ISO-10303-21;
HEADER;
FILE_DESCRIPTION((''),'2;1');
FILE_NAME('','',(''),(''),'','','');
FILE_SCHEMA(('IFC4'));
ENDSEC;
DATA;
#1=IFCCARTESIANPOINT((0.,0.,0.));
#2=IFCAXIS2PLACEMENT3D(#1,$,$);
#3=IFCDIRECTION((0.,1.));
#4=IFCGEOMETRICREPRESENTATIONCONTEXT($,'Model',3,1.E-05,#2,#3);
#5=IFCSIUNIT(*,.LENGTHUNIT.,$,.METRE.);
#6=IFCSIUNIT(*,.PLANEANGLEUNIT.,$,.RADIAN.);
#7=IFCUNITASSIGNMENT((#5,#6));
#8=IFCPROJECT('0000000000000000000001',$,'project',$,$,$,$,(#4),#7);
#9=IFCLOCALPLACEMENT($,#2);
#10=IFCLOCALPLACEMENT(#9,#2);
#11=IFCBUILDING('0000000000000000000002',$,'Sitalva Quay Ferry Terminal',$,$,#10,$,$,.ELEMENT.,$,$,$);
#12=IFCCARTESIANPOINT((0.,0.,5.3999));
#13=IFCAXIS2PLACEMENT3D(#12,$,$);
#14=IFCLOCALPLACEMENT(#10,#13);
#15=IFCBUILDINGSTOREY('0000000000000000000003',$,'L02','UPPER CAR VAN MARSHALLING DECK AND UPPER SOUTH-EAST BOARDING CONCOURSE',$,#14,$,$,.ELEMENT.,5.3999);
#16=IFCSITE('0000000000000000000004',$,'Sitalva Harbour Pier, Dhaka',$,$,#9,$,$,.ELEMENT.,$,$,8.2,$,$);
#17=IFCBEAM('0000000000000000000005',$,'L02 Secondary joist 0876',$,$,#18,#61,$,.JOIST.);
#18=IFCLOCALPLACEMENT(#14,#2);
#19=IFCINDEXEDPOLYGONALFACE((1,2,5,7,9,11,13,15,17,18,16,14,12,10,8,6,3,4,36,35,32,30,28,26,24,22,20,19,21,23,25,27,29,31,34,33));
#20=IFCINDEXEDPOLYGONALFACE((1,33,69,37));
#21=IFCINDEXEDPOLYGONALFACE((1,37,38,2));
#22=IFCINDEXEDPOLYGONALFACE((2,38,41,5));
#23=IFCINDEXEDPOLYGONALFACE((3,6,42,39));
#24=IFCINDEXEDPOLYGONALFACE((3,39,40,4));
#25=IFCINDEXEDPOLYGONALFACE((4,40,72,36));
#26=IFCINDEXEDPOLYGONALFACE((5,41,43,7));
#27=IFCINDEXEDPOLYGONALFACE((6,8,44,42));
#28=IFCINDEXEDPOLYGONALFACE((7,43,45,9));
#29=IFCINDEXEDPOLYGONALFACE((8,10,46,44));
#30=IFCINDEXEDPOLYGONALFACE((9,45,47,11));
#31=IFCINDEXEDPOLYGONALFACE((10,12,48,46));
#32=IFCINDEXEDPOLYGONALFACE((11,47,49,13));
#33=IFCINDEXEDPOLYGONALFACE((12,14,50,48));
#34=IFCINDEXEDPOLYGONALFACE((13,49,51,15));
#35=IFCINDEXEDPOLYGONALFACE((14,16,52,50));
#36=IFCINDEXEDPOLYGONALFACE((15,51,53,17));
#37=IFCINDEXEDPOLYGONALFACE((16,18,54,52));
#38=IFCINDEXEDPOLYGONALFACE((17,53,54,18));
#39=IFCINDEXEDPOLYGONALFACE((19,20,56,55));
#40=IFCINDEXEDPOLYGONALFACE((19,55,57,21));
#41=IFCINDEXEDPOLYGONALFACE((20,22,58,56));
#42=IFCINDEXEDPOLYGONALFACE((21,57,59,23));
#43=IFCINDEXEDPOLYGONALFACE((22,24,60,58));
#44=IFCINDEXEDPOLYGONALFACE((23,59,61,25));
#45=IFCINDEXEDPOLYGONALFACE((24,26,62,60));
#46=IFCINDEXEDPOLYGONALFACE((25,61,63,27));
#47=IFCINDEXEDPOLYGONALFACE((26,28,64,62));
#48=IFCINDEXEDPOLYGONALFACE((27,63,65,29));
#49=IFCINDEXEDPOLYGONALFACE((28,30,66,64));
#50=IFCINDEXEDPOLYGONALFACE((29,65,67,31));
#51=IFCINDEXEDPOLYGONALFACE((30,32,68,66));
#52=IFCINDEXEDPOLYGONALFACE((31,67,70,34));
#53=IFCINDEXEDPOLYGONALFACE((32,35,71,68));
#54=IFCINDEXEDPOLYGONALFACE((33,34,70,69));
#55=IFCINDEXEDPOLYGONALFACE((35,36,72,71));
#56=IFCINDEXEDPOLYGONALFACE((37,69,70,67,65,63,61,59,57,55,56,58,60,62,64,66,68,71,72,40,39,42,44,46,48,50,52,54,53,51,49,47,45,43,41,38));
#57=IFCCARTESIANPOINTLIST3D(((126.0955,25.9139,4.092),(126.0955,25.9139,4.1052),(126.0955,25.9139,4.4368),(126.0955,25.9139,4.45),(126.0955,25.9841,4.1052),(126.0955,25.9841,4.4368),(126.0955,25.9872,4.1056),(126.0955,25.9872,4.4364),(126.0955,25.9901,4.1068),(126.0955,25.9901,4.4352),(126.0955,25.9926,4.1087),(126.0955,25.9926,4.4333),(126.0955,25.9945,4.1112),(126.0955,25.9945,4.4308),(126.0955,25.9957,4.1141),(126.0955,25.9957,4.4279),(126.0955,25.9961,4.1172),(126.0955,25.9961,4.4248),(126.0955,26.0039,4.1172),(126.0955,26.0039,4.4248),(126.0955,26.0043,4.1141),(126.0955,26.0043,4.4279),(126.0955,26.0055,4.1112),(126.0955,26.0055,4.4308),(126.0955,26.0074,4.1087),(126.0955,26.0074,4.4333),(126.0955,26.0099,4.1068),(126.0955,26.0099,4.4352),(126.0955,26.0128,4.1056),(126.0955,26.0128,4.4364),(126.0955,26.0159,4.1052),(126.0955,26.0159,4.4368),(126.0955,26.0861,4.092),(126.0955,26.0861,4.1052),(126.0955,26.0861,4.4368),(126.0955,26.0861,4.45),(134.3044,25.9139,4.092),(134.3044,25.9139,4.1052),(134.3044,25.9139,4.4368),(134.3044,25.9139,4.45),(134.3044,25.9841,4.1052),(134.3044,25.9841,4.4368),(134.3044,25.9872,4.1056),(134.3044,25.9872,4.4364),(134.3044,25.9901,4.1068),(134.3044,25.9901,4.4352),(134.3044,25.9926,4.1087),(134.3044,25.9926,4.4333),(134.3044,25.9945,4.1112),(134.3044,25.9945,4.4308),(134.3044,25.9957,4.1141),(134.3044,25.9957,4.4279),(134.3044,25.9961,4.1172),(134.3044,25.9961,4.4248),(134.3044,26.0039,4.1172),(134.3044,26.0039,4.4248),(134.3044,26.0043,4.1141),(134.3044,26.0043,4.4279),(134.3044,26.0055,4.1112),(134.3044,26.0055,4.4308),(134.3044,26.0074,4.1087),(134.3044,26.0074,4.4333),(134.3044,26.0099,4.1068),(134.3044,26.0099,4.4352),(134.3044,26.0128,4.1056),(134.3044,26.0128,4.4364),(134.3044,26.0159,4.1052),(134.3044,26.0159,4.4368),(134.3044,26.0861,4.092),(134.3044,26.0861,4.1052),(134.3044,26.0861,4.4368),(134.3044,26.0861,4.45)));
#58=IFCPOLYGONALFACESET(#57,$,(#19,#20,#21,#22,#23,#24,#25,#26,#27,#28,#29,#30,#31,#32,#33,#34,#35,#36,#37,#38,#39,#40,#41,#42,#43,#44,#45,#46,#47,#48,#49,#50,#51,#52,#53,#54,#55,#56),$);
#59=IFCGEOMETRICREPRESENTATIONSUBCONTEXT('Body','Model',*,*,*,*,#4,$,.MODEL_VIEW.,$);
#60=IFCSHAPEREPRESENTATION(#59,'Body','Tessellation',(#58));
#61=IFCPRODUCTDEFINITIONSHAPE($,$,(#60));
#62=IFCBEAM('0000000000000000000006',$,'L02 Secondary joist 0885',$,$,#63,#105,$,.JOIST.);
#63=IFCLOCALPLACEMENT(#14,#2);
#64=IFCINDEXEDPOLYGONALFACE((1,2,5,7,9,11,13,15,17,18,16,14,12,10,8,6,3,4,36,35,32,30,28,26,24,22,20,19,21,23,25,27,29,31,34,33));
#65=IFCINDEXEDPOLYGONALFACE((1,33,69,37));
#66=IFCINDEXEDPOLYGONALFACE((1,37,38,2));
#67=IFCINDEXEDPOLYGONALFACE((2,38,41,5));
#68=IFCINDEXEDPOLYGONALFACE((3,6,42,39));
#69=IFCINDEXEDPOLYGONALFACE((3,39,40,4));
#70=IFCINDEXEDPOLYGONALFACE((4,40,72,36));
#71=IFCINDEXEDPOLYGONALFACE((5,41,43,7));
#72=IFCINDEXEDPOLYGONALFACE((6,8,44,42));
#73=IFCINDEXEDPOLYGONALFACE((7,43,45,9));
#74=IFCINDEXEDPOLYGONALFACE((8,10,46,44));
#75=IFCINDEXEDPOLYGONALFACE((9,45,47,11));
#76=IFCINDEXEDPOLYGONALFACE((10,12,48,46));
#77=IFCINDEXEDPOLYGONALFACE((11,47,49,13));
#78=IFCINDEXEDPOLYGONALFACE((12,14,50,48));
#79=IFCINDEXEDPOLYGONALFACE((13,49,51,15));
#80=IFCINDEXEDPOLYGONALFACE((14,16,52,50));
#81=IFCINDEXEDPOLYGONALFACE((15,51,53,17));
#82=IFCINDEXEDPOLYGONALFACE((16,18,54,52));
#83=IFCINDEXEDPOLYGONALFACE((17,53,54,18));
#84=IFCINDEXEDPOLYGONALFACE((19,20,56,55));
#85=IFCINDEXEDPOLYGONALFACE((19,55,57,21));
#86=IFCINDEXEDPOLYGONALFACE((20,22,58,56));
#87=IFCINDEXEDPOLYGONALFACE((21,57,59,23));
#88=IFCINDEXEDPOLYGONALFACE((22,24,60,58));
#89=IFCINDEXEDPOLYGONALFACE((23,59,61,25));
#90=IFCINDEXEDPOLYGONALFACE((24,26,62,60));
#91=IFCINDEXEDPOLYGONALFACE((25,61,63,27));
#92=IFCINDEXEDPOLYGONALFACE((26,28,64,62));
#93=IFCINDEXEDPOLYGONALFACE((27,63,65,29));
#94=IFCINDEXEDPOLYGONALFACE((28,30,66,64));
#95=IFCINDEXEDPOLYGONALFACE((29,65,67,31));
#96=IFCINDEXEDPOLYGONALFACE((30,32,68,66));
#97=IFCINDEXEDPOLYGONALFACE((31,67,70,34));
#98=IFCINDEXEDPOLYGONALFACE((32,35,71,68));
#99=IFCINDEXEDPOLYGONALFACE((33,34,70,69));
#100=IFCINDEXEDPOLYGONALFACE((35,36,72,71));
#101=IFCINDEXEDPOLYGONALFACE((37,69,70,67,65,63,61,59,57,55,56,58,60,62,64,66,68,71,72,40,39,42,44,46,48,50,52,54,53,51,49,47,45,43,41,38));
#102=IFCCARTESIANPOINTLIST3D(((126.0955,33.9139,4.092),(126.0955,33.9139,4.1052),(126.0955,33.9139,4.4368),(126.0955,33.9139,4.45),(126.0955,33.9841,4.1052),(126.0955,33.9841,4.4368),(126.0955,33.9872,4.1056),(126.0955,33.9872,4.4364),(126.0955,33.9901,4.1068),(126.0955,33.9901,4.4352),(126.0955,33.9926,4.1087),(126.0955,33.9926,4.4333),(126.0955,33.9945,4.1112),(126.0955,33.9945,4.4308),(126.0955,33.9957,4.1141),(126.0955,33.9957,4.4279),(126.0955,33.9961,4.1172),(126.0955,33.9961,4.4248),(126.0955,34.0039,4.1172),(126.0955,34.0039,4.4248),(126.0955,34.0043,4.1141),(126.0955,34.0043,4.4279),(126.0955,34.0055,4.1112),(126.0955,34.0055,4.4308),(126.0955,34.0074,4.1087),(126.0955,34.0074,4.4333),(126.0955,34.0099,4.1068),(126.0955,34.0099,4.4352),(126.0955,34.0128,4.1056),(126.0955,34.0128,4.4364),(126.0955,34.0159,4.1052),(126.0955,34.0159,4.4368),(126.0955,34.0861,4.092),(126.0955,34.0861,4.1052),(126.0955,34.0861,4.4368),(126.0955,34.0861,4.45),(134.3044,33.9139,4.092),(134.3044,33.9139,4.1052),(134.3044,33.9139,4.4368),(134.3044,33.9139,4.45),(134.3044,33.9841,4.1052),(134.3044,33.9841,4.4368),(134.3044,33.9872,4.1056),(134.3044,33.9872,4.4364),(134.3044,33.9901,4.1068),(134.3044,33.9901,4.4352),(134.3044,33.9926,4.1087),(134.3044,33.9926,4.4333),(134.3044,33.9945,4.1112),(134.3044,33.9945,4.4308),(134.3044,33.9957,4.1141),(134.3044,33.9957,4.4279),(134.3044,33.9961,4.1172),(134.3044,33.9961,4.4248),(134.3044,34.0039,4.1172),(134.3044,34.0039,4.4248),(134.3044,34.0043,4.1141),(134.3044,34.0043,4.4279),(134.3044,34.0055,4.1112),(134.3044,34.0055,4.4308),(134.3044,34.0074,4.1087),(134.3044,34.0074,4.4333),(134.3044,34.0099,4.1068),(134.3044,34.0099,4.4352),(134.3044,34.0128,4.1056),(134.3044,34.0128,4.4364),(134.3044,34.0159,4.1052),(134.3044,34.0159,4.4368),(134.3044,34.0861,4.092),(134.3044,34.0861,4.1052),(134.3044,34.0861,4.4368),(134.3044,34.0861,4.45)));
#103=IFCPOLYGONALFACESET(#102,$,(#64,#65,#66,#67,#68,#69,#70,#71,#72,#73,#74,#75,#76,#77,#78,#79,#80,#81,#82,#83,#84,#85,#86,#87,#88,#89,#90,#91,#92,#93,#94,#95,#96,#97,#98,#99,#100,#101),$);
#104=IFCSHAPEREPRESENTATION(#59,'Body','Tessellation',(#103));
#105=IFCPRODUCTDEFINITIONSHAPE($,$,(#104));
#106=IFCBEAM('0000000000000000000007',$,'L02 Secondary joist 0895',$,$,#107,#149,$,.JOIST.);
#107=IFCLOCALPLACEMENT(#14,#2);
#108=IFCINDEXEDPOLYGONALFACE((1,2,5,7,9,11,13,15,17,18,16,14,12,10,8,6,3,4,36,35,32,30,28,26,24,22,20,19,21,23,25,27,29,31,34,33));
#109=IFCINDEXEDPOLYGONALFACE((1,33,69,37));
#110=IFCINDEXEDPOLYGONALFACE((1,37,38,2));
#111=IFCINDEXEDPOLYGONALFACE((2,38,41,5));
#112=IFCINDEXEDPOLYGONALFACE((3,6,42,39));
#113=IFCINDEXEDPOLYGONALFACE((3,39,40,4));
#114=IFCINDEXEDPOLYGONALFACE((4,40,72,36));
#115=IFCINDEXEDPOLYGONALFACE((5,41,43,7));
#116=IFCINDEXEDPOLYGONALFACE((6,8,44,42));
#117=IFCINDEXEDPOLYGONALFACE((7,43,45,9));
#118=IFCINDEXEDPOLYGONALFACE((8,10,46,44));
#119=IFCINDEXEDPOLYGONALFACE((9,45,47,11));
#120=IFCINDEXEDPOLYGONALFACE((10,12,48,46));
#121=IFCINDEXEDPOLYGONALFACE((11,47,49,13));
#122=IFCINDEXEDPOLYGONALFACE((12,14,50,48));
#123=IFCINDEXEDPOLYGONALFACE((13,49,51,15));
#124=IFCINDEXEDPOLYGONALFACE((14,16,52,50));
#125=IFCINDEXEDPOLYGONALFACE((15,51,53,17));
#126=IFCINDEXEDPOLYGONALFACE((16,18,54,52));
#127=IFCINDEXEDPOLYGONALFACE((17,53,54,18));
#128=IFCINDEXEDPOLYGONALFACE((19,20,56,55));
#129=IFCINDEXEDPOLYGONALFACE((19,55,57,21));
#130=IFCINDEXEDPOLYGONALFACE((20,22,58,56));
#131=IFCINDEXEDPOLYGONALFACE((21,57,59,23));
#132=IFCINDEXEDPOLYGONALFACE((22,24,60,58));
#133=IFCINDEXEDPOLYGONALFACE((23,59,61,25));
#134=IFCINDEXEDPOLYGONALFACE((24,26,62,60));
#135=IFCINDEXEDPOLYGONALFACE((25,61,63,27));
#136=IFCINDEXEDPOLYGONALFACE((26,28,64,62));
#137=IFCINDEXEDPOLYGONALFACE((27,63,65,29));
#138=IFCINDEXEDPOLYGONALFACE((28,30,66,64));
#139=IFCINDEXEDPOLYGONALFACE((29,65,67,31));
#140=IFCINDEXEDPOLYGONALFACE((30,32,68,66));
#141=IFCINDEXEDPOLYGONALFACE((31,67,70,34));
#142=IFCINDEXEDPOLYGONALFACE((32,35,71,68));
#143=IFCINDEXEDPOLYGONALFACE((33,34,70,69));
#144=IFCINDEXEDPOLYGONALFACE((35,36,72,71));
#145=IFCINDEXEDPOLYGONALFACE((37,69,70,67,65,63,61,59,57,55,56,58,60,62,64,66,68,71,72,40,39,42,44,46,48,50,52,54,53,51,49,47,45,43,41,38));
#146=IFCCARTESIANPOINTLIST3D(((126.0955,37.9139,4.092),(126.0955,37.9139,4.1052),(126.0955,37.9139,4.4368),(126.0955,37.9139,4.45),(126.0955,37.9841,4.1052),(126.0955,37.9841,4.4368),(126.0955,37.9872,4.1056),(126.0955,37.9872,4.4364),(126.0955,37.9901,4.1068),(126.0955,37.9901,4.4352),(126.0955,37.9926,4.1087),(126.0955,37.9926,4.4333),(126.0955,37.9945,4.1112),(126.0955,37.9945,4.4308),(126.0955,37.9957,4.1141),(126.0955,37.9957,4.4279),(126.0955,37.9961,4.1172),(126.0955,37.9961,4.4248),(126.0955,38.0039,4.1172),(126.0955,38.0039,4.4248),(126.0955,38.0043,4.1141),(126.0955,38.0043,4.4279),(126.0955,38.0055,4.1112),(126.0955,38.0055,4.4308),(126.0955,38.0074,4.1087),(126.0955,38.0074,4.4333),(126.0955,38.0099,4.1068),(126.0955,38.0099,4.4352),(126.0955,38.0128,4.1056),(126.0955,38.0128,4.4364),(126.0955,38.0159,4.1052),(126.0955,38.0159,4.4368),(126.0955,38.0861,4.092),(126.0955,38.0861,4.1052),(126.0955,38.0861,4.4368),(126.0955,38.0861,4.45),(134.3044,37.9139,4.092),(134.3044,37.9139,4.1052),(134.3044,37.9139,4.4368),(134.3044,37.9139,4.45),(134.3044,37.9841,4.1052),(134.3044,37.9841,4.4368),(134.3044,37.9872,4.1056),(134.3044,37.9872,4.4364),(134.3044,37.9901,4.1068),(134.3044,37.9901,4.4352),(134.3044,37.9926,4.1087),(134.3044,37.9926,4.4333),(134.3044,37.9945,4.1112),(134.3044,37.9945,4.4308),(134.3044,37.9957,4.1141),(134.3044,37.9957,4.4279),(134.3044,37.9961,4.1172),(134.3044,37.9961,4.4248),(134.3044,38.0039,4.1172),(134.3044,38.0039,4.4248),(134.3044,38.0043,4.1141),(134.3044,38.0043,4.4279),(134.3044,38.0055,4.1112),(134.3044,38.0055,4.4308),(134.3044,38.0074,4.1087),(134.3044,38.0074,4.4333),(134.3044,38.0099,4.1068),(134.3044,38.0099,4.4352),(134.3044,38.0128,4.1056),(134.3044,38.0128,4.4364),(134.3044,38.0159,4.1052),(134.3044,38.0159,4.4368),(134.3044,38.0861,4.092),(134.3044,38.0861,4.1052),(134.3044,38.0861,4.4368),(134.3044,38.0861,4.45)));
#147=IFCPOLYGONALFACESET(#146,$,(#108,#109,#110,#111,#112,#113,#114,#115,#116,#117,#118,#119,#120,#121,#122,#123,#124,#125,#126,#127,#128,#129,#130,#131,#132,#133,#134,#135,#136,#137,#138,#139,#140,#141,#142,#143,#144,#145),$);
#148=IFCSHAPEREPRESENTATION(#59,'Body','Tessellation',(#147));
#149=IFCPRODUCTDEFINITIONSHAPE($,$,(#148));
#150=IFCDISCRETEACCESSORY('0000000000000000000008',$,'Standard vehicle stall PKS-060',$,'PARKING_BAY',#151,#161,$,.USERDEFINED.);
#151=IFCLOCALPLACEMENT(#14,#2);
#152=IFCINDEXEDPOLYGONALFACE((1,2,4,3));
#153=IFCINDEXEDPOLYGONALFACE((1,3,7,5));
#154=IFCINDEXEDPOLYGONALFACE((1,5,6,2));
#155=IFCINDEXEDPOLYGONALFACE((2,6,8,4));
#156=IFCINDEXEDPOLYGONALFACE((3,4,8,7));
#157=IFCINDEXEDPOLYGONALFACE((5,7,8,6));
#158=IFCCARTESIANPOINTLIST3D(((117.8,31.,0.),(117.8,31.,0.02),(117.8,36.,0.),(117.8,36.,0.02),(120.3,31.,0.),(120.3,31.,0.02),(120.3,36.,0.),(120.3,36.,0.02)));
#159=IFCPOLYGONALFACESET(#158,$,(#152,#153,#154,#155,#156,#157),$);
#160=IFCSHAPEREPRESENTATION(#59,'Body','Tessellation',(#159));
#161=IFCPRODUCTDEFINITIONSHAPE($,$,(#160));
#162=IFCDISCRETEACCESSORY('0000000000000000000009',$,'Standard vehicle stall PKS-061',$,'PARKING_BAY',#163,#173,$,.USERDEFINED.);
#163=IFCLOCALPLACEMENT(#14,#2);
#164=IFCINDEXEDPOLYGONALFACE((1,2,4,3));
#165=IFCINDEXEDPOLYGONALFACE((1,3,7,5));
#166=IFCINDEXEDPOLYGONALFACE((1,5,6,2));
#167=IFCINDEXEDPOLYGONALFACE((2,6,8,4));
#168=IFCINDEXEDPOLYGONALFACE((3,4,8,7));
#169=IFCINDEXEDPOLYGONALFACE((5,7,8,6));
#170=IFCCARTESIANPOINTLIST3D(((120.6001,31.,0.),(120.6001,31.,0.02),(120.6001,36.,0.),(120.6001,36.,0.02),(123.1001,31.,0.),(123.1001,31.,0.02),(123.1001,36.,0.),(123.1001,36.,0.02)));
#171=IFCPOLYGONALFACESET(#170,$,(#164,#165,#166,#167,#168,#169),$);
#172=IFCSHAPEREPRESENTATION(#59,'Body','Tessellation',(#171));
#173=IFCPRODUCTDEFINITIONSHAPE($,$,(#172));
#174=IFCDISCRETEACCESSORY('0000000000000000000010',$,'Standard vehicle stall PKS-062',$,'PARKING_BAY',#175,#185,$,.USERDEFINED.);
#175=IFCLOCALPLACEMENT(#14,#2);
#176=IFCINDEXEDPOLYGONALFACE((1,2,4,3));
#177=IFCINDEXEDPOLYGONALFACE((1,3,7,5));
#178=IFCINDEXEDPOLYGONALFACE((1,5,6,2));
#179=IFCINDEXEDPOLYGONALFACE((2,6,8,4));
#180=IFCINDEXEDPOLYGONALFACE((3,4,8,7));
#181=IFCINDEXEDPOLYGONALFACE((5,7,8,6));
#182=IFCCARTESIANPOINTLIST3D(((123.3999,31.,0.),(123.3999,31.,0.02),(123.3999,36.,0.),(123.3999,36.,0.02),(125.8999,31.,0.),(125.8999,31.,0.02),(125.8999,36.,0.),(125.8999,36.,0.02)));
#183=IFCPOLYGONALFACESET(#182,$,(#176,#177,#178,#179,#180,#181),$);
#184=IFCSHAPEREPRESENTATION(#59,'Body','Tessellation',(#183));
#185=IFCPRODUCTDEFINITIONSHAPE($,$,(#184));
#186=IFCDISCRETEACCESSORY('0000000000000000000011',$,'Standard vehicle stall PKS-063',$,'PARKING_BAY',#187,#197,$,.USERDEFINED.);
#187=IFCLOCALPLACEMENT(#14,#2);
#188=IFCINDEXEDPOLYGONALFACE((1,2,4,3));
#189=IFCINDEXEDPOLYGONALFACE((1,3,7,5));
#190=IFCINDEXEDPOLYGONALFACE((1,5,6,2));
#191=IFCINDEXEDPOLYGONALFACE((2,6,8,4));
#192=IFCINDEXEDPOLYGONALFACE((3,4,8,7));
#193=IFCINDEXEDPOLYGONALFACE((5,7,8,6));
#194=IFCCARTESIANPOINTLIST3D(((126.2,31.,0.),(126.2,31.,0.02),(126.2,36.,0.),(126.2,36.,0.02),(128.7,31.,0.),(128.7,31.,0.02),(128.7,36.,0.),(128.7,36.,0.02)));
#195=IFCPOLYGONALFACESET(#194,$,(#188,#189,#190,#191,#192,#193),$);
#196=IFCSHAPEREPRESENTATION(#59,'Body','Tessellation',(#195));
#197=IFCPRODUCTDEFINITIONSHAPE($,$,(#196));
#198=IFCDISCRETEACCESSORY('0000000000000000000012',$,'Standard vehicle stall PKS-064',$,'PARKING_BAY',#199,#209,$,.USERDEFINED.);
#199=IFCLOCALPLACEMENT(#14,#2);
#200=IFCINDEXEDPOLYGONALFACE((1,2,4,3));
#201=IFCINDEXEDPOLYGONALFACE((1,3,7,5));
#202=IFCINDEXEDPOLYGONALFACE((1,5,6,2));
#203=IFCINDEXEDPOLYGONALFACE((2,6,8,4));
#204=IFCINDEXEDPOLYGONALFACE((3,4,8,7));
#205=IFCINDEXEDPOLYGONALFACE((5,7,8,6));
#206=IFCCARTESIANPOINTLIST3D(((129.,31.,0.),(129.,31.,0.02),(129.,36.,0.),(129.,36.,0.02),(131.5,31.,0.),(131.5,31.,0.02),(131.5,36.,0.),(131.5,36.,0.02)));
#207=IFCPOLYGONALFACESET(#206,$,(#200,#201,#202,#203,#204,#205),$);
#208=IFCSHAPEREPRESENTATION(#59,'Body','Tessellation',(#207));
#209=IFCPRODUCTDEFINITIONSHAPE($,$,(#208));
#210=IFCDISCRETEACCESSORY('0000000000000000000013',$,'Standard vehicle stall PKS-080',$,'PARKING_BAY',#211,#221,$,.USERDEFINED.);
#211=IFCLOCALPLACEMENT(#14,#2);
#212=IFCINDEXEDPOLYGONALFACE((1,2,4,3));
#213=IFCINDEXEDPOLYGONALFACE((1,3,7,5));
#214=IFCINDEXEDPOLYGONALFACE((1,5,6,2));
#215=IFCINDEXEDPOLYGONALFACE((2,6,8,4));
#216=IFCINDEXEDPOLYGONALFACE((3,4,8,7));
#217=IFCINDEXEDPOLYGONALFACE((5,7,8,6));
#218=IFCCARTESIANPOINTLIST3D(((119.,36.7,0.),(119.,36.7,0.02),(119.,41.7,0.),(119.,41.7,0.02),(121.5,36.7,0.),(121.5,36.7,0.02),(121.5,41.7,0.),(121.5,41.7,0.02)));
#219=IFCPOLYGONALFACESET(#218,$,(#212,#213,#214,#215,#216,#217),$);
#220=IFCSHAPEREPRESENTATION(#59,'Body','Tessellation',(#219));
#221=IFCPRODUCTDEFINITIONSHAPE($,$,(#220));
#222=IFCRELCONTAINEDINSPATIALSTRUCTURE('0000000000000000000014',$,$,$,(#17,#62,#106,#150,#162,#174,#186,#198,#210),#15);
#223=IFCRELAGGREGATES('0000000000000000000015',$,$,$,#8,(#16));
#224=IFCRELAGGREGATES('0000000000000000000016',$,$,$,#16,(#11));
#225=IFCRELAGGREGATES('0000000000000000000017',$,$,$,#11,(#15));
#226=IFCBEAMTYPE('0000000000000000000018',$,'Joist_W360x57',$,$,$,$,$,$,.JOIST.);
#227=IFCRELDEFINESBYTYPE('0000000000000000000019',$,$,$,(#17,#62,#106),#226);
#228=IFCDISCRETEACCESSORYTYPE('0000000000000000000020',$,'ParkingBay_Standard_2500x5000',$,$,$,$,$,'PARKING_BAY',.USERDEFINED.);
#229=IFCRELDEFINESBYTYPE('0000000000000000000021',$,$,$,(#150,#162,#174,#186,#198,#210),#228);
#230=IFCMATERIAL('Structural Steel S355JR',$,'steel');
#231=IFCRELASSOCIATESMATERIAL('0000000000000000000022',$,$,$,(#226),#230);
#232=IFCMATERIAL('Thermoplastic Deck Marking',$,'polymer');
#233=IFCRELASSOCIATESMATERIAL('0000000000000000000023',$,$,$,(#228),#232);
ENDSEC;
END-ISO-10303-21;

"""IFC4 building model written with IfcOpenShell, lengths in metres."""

from ifc_helpers import new_model, si_unit, direction, frame, origin, origin_2d, place, context, subcontext, project, spatial, rectangle, i_section, extrude, material, material_profile, profile_set, type_object, element, save


model = new_model("IFC4")

# Units and contexts
model_context = context("Model", 3, precision=1e-05, world=origin(), true_north=direction((0.0, 1.0)))
body_context = subcontext(model_context, "Body", "Model", "MODEL_VIEW")
ifc_project = project(units=[si_unit("LENGTHUNIT", "METRE"), si_unit("PLANEANGLEUNIT", "RADIAN")], contexts=[model_context])

# Site, building, storey
site_placement = place(None, origin())
site = spatial("IfcSite", under=ifc_project, at=site_placement, Name="Sitalva Harbour Pier, Dhaka", CompositionType="ELEMENT", RefElevation=8.2)
building_placement = place(site_placement, origin())
building = spatial("IfcBuilding", under=site, at=building_placement, Name="Sitalva Quay Ferry Terminal", CompositionType="ELEMENT")
storey_placement = place(building_placement, frame((0.0, 0.0, 5.3999)))
storey = spatial("IfcBuildingStorey", under=building, at=storey_placement, Name="L02", Description="UPPER CAR VAN MARSHALLING DECK AND UPPER SOUTH-EAST BOARDING CONCOURSE", CompositionType="ELEMENT", Elevation=5.3999)

# Beams
ifc_material_1 = material(Name="Structural Steel S355JR", Category="steel")
ifc_material_profile_1 = material_profile(ifc_material_1, i_section(OverallWidth=0.1721, OverallDepth=0.3579, WebThickness=0.0078, FlangeThickness=0.0132, FilletRadius=0.012, at=origin_2d()), Name="W360x57")
ifc_profile_set_1 = profile_set([ifc_material_profile_1], Name="Structural Steel S355JR")
beam_type_1 = type_object("IfcBeamType", Name="Joist_W360x57", PredefinedType="JOIST", material=ifc_profile_set_1)
for number, where, z_axis, x_axis, name in (
    (1, (126.0955, 26.0, 4.271), (1.0, 0.0, 0.0), (0.0, 1.0, 0.0), "L02 Secondary joist 0876"),
    (2, (126.0955, 34.0, 4.271), (1.0, 0.0, 0.0), (0.0, 1.0, 0.0), "L02 Secondary joist 0885"),
    (3, (126.0955, 38.0, 4.271), (1.0, 0.0, 0.0), (0.0, 1.0, 0.0), "L02 Secondary joist 0895"),
):
    element("IfcBeam", number, at=place(storey_placement, frame(where, z_axis=z_axis, x_axis=x_axis)), inside=storey, type_object=beam_type_1, Name=name, PredefinedType="JOIST", context=body_context, shape_type="SweptSolid", body=[
        extrude(i_section(OverallWidth=0.1721, OverallDepth=0.3579, WebThickness=0.0078, FlangeThickness=0.0132, FilletRadius=0.012, at=origin_2d()), origin(), (0.0, 0.0, 1.0), 8.209),
    ])

# Discrete accessories
ifc_material_2 = material(Name="Thermoplastic Deck Marking", Category="polymer")
discrete_accessory_type_1 = type_object("IfcDiscreteAccessoryType", Name="ParkingBay_Standard_2500x5000", ElementType="PARKING_BAY", PredefinedType="USERDEFINED", material=ifc_material_2)
for number, where, z_axis, x_axis, name in (
    (4, (119.05, 33.5, 0.0), (0.0, 0.0, 1.0), (1.0, 0.0, 0.0), "Standard vehicle stall PKS-060"),
    (5, (121.8501, 33.5, 0.0), (0.0, 0.0, 1.0), (1.0, 0.0, 0.0), "Standard vehicle stall PKS-061"),
    (6, (124.6499, 33.5, 0.0), (0.0, 0.0, 1.0), (1.0, 0.0, 0.0), "Standard vehicle stall PKS-062"),
    (7, (127.45, 33.5, 0.0), (0.0, 0.0, 1.0), (1.0, 0.0, 0.0), "Standard vehicle stall PKS-063"),
    (8, (130.25, 33.5, 0.0), (0.0, 0.0, 1.0), (1.0, 0.0, 0.0), "Standard vehicle stall PKS-064"),
    (9, (120.25, 39.2, 0.0), (0.0, 0.0, 1.0), (1.0, 0.0, 0.0), "Standard vehicle stall PKS-080"),
):
    element("IfcDiscreteAccessory", number, at=place(storey_placement, frame(where, z_axis=z_axis, x_axis=x_axis)), inside=storey, type_object=discrete_accessory_type_1, Name=name, ObjectType="PARKING_BAY", PredefinedType="USERDEFINED", context=body_context, shape_type="SweptSolid", body=[
        extrude(rectangle(XDim=2.5, YDim=5.0, at=origin_2d()), origin(), (0.0, 0.0, 1.0), 0.02),
    ])

save(model, "model.ifc")
